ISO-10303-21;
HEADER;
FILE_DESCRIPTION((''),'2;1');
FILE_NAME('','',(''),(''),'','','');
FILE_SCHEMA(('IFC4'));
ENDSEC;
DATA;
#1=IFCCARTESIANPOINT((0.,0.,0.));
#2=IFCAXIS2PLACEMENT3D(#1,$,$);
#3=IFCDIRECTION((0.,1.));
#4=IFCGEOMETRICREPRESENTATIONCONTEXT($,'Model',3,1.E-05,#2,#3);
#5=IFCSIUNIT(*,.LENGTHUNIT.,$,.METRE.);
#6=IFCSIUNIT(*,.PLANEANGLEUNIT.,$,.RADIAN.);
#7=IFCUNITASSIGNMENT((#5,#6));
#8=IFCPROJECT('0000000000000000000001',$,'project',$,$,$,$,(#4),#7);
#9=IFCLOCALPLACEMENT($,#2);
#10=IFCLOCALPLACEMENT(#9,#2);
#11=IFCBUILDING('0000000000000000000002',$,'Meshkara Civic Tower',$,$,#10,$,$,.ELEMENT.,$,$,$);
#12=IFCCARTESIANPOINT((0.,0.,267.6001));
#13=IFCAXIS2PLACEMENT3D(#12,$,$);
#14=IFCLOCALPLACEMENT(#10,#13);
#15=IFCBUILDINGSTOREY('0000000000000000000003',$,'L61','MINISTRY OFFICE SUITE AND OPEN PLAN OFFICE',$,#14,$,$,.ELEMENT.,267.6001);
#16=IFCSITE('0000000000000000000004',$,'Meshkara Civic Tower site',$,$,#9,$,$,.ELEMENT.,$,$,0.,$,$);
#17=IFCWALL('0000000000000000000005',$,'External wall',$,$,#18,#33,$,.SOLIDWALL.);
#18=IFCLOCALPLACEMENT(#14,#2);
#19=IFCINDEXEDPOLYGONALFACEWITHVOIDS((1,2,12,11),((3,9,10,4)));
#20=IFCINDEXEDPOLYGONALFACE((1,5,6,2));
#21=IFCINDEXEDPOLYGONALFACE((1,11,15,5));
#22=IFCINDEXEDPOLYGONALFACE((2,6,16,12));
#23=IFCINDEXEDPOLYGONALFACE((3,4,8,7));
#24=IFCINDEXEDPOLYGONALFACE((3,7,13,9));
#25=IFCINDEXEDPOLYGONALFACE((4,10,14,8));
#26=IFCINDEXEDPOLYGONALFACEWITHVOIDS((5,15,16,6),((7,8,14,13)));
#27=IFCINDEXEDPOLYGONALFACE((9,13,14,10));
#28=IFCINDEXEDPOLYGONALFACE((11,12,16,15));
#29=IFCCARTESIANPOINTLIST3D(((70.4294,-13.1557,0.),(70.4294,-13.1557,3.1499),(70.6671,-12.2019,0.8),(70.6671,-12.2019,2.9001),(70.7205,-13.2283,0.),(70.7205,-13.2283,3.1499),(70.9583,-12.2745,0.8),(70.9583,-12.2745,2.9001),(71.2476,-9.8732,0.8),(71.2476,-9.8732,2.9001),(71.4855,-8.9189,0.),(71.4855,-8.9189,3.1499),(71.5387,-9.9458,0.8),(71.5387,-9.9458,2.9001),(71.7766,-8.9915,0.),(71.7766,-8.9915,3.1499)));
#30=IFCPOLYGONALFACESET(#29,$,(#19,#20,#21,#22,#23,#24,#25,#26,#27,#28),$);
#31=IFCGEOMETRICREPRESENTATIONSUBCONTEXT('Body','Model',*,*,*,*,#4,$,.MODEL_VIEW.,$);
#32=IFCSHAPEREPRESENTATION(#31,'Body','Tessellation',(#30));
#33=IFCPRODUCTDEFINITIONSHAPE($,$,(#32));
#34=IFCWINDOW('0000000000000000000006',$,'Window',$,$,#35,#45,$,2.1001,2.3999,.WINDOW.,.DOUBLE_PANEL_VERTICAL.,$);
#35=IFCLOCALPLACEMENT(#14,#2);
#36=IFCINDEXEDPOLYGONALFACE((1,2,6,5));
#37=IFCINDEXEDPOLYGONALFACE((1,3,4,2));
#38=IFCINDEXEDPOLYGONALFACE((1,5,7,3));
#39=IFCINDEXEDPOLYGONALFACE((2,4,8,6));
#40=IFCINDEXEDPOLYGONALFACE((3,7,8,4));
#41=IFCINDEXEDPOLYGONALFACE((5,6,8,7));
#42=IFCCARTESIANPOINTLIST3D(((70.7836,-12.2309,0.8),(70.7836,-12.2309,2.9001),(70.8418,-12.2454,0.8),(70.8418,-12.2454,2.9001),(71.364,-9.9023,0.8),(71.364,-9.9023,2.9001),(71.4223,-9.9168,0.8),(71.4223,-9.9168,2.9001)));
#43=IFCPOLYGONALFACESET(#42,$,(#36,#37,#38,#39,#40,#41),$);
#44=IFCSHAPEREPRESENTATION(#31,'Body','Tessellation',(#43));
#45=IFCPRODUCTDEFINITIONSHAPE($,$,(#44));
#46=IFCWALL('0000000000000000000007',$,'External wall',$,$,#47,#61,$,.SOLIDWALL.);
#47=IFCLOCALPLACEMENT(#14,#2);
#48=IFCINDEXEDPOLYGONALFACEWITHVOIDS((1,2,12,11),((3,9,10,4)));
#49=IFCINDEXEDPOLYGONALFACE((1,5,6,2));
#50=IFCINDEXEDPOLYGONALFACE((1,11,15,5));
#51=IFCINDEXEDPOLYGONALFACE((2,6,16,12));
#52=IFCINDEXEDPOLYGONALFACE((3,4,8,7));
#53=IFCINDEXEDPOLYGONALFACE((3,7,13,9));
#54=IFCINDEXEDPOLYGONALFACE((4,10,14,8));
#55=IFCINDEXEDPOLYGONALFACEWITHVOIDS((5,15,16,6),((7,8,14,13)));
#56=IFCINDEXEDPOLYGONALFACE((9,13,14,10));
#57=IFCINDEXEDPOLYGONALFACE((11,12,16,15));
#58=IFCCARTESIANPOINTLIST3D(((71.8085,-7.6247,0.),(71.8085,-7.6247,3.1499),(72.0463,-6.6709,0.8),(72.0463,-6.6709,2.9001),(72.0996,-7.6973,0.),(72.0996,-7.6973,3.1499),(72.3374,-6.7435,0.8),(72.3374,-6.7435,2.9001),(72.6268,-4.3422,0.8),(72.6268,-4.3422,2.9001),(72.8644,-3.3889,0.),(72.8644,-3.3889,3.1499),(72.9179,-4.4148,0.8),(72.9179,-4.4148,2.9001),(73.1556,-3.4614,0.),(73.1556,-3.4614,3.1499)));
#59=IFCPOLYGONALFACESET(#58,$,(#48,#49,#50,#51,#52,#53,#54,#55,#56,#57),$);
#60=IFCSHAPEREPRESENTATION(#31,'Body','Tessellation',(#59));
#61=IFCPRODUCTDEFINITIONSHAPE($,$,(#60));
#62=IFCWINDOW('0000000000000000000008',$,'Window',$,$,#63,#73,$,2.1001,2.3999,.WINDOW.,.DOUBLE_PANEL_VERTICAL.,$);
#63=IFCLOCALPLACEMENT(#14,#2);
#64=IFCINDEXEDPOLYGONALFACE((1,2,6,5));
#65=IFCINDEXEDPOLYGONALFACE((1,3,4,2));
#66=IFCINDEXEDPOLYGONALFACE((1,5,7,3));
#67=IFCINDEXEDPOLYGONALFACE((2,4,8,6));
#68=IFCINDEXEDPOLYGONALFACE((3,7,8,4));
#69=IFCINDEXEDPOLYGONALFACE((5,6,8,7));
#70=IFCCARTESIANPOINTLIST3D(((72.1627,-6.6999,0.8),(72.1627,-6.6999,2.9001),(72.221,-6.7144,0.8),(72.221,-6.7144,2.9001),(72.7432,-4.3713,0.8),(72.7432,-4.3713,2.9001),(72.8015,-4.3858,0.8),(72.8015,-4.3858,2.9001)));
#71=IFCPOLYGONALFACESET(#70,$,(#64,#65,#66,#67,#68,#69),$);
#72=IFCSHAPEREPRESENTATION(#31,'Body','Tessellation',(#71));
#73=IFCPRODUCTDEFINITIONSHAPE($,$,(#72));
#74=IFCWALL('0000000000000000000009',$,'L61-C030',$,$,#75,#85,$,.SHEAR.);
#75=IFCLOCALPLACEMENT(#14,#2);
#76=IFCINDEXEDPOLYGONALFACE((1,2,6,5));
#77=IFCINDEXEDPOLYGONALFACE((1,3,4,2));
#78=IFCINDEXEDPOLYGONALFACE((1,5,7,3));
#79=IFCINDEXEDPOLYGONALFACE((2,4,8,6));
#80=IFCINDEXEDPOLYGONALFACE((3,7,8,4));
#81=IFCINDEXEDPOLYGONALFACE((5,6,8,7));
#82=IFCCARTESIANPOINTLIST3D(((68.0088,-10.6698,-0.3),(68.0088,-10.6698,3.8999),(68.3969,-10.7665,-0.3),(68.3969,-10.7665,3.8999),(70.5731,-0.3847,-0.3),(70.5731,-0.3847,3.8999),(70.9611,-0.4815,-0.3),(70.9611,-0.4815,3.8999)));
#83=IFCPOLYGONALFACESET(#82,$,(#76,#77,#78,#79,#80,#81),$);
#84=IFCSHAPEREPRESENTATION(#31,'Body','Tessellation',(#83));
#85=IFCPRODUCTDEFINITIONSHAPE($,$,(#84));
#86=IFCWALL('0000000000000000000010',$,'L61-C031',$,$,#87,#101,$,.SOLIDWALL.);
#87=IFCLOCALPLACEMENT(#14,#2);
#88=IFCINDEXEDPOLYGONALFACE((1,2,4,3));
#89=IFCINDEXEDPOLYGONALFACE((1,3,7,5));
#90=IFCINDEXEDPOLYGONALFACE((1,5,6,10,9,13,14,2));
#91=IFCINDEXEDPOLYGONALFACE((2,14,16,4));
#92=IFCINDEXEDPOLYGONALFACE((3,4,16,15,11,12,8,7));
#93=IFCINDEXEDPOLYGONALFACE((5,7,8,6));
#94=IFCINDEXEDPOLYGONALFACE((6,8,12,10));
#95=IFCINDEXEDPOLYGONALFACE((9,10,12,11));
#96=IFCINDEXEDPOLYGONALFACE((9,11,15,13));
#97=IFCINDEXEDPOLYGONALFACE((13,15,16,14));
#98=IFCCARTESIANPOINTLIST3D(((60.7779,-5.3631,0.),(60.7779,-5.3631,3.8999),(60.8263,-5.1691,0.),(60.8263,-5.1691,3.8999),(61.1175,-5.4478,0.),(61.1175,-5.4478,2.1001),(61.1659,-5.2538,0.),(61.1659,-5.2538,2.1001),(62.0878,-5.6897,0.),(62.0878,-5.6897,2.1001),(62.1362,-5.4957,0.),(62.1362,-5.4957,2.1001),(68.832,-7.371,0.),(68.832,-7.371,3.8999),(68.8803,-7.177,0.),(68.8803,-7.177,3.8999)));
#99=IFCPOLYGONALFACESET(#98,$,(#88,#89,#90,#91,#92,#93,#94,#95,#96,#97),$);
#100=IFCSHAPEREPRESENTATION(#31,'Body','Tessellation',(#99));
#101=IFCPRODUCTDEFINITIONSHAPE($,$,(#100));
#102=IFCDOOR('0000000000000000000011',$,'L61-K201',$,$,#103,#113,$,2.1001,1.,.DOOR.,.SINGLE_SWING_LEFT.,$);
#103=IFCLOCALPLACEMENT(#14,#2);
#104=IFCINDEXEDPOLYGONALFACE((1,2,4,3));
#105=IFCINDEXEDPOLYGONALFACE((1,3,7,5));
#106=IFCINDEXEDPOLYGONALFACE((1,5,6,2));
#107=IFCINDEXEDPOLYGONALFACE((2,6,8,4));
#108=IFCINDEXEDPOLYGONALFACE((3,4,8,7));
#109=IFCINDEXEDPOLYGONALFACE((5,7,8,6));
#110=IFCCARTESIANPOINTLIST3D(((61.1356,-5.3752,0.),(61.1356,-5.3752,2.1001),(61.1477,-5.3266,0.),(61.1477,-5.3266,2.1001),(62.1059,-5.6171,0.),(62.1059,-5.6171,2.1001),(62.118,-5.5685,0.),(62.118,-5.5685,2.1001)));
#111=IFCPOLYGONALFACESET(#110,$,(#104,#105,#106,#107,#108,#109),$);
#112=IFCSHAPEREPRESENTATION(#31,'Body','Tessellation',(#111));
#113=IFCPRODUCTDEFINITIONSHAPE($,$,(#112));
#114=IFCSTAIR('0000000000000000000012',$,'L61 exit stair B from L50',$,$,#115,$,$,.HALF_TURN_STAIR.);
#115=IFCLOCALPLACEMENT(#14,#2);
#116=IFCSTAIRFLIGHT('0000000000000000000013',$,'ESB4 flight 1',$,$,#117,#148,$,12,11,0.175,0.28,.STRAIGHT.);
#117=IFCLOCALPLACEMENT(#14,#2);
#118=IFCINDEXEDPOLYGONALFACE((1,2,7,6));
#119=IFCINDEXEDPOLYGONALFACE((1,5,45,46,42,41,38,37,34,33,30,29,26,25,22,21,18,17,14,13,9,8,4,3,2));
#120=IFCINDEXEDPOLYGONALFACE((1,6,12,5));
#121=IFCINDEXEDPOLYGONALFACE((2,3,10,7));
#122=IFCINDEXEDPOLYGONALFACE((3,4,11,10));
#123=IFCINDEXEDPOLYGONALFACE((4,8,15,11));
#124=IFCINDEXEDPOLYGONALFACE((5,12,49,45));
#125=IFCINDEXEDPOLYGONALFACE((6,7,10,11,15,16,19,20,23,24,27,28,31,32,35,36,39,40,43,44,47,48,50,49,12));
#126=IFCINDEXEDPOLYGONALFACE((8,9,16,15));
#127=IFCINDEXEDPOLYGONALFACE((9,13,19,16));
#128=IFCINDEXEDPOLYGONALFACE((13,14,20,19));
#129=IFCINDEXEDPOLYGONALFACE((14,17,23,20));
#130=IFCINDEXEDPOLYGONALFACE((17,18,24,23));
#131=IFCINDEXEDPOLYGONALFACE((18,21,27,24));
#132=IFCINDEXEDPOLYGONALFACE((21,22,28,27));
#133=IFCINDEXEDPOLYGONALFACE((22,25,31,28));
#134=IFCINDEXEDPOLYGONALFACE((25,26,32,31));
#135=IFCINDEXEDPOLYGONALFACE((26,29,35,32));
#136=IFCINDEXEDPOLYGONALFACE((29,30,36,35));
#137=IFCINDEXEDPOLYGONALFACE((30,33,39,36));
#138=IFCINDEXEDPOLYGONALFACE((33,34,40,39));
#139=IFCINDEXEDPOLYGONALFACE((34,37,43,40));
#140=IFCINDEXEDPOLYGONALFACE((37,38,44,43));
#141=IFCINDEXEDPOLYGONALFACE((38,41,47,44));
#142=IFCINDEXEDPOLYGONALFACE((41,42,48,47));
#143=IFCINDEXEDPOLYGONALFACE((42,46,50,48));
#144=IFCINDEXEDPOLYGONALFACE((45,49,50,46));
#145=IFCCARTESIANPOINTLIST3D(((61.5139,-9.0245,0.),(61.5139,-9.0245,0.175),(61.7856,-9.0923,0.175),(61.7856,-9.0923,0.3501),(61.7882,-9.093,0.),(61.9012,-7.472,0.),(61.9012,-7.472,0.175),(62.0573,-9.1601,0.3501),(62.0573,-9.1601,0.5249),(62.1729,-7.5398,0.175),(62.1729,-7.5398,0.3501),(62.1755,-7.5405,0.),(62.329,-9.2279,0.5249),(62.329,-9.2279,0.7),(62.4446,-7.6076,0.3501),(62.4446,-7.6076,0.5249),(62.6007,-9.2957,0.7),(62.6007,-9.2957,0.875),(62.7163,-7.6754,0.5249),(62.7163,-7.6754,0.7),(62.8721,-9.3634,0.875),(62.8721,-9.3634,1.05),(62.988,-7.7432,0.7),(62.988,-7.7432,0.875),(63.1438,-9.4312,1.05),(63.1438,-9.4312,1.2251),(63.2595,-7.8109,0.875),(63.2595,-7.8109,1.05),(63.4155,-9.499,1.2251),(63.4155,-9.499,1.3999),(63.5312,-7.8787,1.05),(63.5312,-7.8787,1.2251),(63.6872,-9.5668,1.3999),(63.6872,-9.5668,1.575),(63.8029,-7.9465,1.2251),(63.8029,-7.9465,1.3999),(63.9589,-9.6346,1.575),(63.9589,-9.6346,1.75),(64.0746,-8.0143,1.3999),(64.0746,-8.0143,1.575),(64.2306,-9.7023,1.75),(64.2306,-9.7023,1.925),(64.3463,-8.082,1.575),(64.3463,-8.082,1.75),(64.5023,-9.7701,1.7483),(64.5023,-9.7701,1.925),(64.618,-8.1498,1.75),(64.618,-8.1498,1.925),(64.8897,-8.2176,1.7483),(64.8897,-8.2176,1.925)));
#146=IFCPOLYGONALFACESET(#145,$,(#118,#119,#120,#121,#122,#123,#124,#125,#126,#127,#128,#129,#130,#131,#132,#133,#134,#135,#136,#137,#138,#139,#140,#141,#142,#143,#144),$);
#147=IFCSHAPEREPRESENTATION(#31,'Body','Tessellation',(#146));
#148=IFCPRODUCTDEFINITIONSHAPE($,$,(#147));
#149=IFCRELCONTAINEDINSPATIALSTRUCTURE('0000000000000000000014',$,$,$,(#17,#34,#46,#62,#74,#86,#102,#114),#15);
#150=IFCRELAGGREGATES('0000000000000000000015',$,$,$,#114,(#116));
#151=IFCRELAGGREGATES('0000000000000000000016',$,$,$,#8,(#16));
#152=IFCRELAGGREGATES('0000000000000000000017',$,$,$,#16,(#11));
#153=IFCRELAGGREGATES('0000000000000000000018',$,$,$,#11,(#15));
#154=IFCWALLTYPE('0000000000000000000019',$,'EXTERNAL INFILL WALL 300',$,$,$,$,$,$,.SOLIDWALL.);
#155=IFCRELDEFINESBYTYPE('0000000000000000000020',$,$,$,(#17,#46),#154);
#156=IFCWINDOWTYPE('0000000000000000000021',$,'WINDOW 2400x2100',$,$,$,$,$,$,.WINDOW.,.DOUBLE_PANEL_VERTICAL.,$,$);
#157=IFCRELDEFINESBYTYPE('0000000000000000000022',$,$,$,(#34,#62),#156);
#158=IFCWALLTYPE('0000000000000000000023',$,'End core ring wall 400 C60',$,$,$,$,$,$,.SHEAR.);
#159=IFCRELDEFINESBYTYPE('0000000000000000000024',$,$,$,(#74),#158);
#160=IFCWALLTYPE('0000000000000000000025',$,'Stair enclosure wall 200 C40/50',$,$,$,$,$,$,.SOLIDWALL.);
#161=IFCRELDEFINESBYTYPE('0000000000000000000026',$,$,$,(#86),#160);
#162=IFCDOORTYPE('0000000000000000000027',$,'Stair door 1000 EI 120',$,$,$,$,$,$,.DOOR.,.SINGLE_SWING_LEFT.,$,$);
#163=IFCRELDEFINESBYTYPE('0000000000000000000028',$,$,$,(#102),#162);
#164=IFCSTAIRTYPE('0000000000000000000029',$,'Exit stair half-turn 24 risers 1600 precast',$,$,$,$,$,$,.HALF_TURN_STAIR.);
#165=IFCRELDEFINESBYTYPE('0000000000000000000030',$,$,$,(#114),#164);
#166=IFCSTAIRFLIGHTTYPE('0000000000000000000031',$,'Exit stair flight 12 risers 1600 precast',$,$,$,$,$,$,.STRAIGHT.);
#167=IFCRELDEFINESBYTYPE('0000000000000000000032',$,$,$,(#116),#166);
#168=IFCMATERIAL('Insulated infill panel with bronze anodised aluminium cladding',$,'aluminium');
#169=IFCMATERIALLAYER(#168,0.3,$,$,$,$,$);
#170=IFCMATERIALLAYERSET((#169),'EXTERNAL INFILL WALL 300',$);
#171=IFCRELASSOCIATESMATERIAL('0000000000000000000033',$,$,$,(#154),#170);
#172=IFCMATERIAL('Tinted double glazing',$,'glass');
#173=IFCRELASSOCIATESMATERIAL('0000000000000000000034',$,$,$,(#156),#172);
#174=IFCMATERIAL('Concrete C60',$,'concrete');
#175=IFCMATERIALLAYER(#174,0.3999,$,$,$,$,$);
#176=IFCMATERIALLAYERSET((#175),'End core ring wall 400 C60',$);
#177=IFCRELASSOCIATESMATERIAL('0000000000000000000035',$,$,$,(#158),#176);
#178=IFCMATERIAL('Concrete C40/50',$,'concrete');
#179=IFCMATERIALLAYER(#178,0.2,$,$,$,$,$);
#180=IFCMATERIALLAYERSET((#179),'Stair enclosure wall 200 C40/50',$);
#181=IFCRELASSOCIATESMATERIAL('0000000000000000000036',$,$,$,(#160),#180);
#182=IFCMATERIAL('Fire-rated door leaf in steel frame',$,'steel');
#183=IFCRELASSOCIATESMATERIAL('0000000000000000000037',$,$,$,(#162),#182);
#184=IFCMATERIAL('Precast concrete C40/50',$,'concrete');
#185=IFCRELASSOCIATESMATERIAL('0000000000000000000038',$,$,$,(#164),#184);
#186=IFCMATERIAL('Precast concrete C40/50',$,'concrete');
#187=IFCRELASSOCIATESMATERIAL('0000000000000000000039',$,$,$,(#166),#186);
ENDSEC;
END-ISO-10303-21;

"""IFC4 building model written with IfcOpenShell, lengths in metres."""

from ifc_helpers import new_model, si_unit, direction, frame, frame_2d, origin, place, context, subcontext, project, spatial, polyline, rectangle, outline, extrude, material, layer, layer_set, type_object, element, fill, aggregate, save


model = new_model("IFC4")

# Units and contexts
model_context = context("Model", 3, precision=1e-05, world=origin(), true_north=direction((0.0, 1.0)))
body_context = subcontext(model_context, "Body", "Model", "MODEL_VIEW")
ifc_project = project(units=[si_unit("LENGTHUNIT", "METRE"), si_unit("PLANEANGLEUNIT", "RADIAN")], contexts=[model_context])

# Site, building, storey
site_placement = place(None, origin())
site = spatial("IfcSite", under=ifc_project, at=site_placement, Name="Meshkara Civic Tower site", CompositionType="ELEMENT", RefElevation=0.0)
building_placement = place(site_placement, origin())
building = spatial("IfcBuilding", under=site, at=building_placement, Name="Meshkara Civic Tower", CompositionType="ELEMENT")
storey_placement = place(building_placement, frame((0.0, 0.0, 267.6001)))
storey = spatial("IfcBuildingStorey", under=building, at=storey_placement, Name="L61", Description="MINISTRY OFFICE SUITE AND OPEN PLAN OFFICE", CompositionType="ELEMENT", Elevation=267.6001)

# Walls, openings, windows
ifc_material_1 = material(Name="Insulated infill panel with bronze anodised aluminium cladding", Category="aluminium")
ifc_layer_1 = layer(ifc_material_1, 0.3)
ifc_layer_set_1 = layer_set([ifc_layer_1], Name="EXTERNAL INFILL WALL 300")
wall_type_1 = type_object("IfcWallType", Name="EXTERNAL INFILL WALL 300", PredefinedType="SOLIDWALL", material=ifc_layer_set_1)
ifc_material_2 = material(Name="Tinted double glazing", Category="glass")
window_type_1 = type_object("IfcWindowType", Name="WINDOW 2400x2100", PartitioningType="DOUBLE_PANEL_VERTICAL", PredefinedType="WINDOW", material=ifc_material_2)
wall_1_placement = place(storey_placement, frame((70.575, -13.1919, 0.0), z_axis=(0.0, 0.0, 1.0), x_axis=(0.241878, 0.970307, 0.0)))
wall_1 = element("IfcWall", 1, at=wall_1_placement, inside=storey, type_object=wall_type_1, Name="External wall", PredefinedType="SOLIDWALL", context=body_context, shape_type="SweptSolid", body=[
    extrude(rectangle(XDim=4.3665, YDim=0.3, at=frame_2d((2.1831, 0.0))), origin(), (0.0, 0.0, 1.0), 3.1499),
])
opening_1_placement = place(wall_1_placement, frame((0.9829, 0.0, 0.8)))
opening_1 = element("IfcOpeningElement", 2, at=opening_1_placement, cuts=wall_1, PredefinedType="OPENING", context=body_context, shape_type="SweptSolid", body=[
    extrude(rectangle(XDim=2.3999, YDim=2.1001, at=frame_2d((1.2, 1.05))), frame((0.0, 0.1599, 0.0), z_axis=(0.0, -1.0, 0.0), x_axis=(1.0, 0.0, 0.0)), (0.0, 0.0, 1.0), 0.3201),
])
window_1_placement = place(opening_1_placement, origin())
window_1 = element("IfcWindow", 3, at=window_1_placement, inside=storey, type_object=window_type_1, Name="Window", OverallHeight=2.1001, OverallWidth=2.3999, PartitioningType="DOUBLE_PANEL_VERTICAL", PredefinedType="WINDOW", context=body_context, shape_type="SweptSolid", body=[
    extrude(rectangle(XDim=2.3999, YDim=2.1001, at=frame_2d((1.2, 1.05))), frame((0.0, 0.03, 0.0), z_axis=(0.0, -1.0, 0.0), x_axis=(1.0, 0.0, 0.0)), (0.0, 0.0, 1.0), 0.0601),
])
fill(opening_1, window_1)
wall_2_placement = place(storey_placement, frame((71.9541, -7.6609, 0.0), z_axis=(0.0, 0.0, 1.0), x_axis=(0.241878, 0.970307, 0.0)))
wall_2 = element("IfcWall", 4, at=wall_2_placement, inside=storey, type_object=wall_type_1, Name="External wall", PredefinedType="SOLIDWALL", context=body_context, shape_type="SweptSolid", body=[
    extrude(rectangle(XDim=4.3655, YDim=0.3, at=frame_2d((2.1826, 0.0))), origin(), (0.0, 0.0, 1.0), 3.1499),
])
opening_2_placement = place(wall_2_placement, frame((0.9829, 0.0, 0.8)))
opening_2 = element("IfcOpeningElement", 5, at=opening_2_placement, cuts=wall_2, PredefinedType="OPENING", context=body_context, shape_type="SweptSolid", body=[
    extrude(rectangle(XDim=2.3999, YDim=2.1001, at=frame_2d((1.2, 1.05))), frame((0.0, 0.1599, 0.0), z_axis=(0.0, -1.0, 0.0), x_axis=(1.0, 0.0, 0.0)), (0.0, 0.0, 1.0), 0.3201),
])
window_2_placement = place(opening_2_placement, origin())
window_2 = element("IfcWindow", 6, at=window_2_placement, inside=storey, type_object=window_type_1, Name="Window", OverallHeight=2.1001, OverallWidth=2.3999, PartitioningType="DOUBLE_PANEL_VERTICAL", PredefinedType="WINDOW", context=body_context, shape_type="SweptSolid", body=[
    extrude(rectangle(XDim=2.3999, YDim=2.1001, at=frame_2d((1.2, 1.05))), frame((0.0, 0.03, 0.0), z_axis=(0.0, -1.0, 0.0), x_axis=(1.0, 0.0, 0.0)), (0.0, 0.0, 1.0), 0.0601),
])
fill(opening_2, window_2)

# Wall
ifc_material_3 = material(Name="Concrete C60", Category="concrete")
ifc_layer_2 = layer(ifc_material_3, 0.3999)
ifc_layer_set_2 = layer_set([ifc_layer_2], Name="End core ring wall 400 C60")
wall_type_2 = type_object("IfcWallType", Name="End core ring wall 400 C60", PredefinedType="SHEAR", material=ifc_layer_set_2)
wall_3_placement = place(storey_placement, frame((68.2029, -10.718, -0.3), z_axis=(0.0, 0.0, 1.0), x_axis=(0.241912, 0.970298, 0.0)))
element("IfcWall", 7, at=wall_3_placement, inside=storey, type_object=wall_type_2, Name="L61-C030", PredefinedType="SHEAR", context=body_context, shape_type="SweptSolid", body=[
    extrude(rectangle(XDim=10.5999, YDim=0.3999, at=frame_2d((5.2998, 0.0))), origin(), (0.0, 0.0, 1.0), 4.2),
])

# Wall, opening, door
ifc_material_4 = material(Name="Concrete C40/50", Category="concrete")
ifc_layer_3 = layer(ifc_material_4, 0.2)
ifc_layer_set_3 = layer_set([ifc_layer_3], Name="Stair enclosure wall 200 C40/50")
wall_type_3 = type_object("IfcWallType", Name="Stair enclosure wall 200 C40/50", PredefinedType="SOLIDWALL", material=ifc_layer_set_3)
wall_4_placement = place(storey_placement, frame((60.802, -5.2661, 0.0), z_axis=(0.0, 0.0, 1.0), x_axis=(0.970303, -0.241892, 0.0)))
wall_4 = element("IfcWall", 8, at=wall_4_placement, inside=storey, type_object=wall_type_3, Name="L61-C031", PredefinedType="SOLIDWALL", context=body_context, shape_type="SweptSolid", body=[
    extrude(rectangle(XDim=8.3005, YDim=0.2, at=frame_2d((4.1504, 0.0))), origin(), (0.0, 0.0, 1.0), 3.8999),
])
opening_3_placement = place(wall_4_placement, frame((0.3501, 0.0, 0.0)))
opening_3 = element("IfcOpeningElement", 9, at=opening_3_placement, cuts=wall_4, PredefinedType="OPENING", context=body_context, shape_type="SweptSolid", body=[
    extrude(rectangle(XDim=1.0, YDim=2.1001, at=frame_2d((0.5, 1.05))), frame((0.0, 0.1099, 0.0), z_axis=(0.0, -1.0, 0.0), x_axis=(1.0, 0.0, 0.0)), (0.0, 0.0, 1.0), 0.22),
])
ifc_material_5 = material(Name="Fire-rated door leaf in steel frame", Category="steel")
door_type = type_object("IfcDoorType", Name="Stair door 1000 EI 120", OperationType="SINGLE_SWING_LEFT", PredefinedType="DOOR", material=ifc_material_5)
door_placement = place(opening_3_placement, origin())
door = element("IfcDoor", 10, at=door_placement, inside=storey, type_object=door_type, Name="L61-K201", OperationType="SINGLE_SWING_LEFT", OverallHeight=2.1001, OverallWidth=1.0, PredefinedType="DOOR", context=body_context, shape_type="SweptSolid", body=[
    extrude(rectangle(XDim=1.0, YDim=2.1001, at=frame_2d((0.5, 1.05))), frame((0.0, 0.0249, 0.0), z_axis=(0.0, -1.0, 0.0), x_axis=(1.0, 0.0, 0.0)), (0.0, 0.0, 1.0), 0.05),
])
fill(opening_3, door)

# Stair, stair flight
ifc_material_6 = material(Name="Precast concrete C40/50", Category="concrete")
stair_type = type_object("IfcStairType", Name="Exit stair half-turn 24 risers 1600 precast", PredefinedType="HALF_TURN_STAIR", material=ifc_material_6)
stair_placement = place(storey_placement, origin())
stair = element("IfcStair", 11, at=stair_placement, inside=storey, type_object=stair_type, Name="L61 exit stair B from L50", PredefinedType="HALF_TURN_STAIR")
ifc_material_7 = material(Name="Precast concrete C40/50", Category="concrete")
stair_flight_type = type_object("IfcStairFlightType", Name="Exit stair flight 12 risers 1600 precast", PredefinedType="STRAIGHT", material=ifc_material_7)
stair_flight_1_placement = place(storey_placement, frame((61.7075, -8.2483, 0.0), z_axis=(0.0, 0.0, 1.0), x_axis=(0.97026, -0.242065, 0.0)))
stair_flight_1 = element("IfcStairFlight", 12, at=stair_flight_1_placement, type_object=stair_flight_type, Name="ESB4 flight 1", NumberOfRisers=12, NumberOfTreads=11, PredefinedType="STRAIGHT", RiserHeight=0.175, TreadLength=0.28, context=body_context, shape_type="SweptSolid", body=[
    extrude(outline(polyline([(0.0, 0.0), (0.0, 0.175), (0.28, 0.175), (0.28, 0.3501), (0.5601, 0.3501), (0.5601, 0.5249), (0.8401, 0.5249), (0.8401, 0.7), (1.1201, 0.7), (1.1201, 0.875), (1.3999, 0.875), (1.3999, 1.05), (1.6799, 1.05), (1.6799, 1.2251), (1.96, 1.2251), (1.96, 1.3999), (2.24, 1.3999), (2.24, 1.575), (2.52, 1.575), (2.52, 1.75), (2.8, 1.75), (2.8, 1.925), (3.0801, 1.925), (3.0801, 2.1001), (3.0801, 1.7483), (0.2827, 0.0), (0.0, 0.0)])), frame((0.0, 0.8, 0.0), z_axis=(0.0, -1.0, 0.0), x_axis=(1.0, 0.0, 0.0)), (0.0, 0.0, 1.0), 1.6001),
])
aggregate(stair, [stair_flight_1])

save(model, "model.ifc")
